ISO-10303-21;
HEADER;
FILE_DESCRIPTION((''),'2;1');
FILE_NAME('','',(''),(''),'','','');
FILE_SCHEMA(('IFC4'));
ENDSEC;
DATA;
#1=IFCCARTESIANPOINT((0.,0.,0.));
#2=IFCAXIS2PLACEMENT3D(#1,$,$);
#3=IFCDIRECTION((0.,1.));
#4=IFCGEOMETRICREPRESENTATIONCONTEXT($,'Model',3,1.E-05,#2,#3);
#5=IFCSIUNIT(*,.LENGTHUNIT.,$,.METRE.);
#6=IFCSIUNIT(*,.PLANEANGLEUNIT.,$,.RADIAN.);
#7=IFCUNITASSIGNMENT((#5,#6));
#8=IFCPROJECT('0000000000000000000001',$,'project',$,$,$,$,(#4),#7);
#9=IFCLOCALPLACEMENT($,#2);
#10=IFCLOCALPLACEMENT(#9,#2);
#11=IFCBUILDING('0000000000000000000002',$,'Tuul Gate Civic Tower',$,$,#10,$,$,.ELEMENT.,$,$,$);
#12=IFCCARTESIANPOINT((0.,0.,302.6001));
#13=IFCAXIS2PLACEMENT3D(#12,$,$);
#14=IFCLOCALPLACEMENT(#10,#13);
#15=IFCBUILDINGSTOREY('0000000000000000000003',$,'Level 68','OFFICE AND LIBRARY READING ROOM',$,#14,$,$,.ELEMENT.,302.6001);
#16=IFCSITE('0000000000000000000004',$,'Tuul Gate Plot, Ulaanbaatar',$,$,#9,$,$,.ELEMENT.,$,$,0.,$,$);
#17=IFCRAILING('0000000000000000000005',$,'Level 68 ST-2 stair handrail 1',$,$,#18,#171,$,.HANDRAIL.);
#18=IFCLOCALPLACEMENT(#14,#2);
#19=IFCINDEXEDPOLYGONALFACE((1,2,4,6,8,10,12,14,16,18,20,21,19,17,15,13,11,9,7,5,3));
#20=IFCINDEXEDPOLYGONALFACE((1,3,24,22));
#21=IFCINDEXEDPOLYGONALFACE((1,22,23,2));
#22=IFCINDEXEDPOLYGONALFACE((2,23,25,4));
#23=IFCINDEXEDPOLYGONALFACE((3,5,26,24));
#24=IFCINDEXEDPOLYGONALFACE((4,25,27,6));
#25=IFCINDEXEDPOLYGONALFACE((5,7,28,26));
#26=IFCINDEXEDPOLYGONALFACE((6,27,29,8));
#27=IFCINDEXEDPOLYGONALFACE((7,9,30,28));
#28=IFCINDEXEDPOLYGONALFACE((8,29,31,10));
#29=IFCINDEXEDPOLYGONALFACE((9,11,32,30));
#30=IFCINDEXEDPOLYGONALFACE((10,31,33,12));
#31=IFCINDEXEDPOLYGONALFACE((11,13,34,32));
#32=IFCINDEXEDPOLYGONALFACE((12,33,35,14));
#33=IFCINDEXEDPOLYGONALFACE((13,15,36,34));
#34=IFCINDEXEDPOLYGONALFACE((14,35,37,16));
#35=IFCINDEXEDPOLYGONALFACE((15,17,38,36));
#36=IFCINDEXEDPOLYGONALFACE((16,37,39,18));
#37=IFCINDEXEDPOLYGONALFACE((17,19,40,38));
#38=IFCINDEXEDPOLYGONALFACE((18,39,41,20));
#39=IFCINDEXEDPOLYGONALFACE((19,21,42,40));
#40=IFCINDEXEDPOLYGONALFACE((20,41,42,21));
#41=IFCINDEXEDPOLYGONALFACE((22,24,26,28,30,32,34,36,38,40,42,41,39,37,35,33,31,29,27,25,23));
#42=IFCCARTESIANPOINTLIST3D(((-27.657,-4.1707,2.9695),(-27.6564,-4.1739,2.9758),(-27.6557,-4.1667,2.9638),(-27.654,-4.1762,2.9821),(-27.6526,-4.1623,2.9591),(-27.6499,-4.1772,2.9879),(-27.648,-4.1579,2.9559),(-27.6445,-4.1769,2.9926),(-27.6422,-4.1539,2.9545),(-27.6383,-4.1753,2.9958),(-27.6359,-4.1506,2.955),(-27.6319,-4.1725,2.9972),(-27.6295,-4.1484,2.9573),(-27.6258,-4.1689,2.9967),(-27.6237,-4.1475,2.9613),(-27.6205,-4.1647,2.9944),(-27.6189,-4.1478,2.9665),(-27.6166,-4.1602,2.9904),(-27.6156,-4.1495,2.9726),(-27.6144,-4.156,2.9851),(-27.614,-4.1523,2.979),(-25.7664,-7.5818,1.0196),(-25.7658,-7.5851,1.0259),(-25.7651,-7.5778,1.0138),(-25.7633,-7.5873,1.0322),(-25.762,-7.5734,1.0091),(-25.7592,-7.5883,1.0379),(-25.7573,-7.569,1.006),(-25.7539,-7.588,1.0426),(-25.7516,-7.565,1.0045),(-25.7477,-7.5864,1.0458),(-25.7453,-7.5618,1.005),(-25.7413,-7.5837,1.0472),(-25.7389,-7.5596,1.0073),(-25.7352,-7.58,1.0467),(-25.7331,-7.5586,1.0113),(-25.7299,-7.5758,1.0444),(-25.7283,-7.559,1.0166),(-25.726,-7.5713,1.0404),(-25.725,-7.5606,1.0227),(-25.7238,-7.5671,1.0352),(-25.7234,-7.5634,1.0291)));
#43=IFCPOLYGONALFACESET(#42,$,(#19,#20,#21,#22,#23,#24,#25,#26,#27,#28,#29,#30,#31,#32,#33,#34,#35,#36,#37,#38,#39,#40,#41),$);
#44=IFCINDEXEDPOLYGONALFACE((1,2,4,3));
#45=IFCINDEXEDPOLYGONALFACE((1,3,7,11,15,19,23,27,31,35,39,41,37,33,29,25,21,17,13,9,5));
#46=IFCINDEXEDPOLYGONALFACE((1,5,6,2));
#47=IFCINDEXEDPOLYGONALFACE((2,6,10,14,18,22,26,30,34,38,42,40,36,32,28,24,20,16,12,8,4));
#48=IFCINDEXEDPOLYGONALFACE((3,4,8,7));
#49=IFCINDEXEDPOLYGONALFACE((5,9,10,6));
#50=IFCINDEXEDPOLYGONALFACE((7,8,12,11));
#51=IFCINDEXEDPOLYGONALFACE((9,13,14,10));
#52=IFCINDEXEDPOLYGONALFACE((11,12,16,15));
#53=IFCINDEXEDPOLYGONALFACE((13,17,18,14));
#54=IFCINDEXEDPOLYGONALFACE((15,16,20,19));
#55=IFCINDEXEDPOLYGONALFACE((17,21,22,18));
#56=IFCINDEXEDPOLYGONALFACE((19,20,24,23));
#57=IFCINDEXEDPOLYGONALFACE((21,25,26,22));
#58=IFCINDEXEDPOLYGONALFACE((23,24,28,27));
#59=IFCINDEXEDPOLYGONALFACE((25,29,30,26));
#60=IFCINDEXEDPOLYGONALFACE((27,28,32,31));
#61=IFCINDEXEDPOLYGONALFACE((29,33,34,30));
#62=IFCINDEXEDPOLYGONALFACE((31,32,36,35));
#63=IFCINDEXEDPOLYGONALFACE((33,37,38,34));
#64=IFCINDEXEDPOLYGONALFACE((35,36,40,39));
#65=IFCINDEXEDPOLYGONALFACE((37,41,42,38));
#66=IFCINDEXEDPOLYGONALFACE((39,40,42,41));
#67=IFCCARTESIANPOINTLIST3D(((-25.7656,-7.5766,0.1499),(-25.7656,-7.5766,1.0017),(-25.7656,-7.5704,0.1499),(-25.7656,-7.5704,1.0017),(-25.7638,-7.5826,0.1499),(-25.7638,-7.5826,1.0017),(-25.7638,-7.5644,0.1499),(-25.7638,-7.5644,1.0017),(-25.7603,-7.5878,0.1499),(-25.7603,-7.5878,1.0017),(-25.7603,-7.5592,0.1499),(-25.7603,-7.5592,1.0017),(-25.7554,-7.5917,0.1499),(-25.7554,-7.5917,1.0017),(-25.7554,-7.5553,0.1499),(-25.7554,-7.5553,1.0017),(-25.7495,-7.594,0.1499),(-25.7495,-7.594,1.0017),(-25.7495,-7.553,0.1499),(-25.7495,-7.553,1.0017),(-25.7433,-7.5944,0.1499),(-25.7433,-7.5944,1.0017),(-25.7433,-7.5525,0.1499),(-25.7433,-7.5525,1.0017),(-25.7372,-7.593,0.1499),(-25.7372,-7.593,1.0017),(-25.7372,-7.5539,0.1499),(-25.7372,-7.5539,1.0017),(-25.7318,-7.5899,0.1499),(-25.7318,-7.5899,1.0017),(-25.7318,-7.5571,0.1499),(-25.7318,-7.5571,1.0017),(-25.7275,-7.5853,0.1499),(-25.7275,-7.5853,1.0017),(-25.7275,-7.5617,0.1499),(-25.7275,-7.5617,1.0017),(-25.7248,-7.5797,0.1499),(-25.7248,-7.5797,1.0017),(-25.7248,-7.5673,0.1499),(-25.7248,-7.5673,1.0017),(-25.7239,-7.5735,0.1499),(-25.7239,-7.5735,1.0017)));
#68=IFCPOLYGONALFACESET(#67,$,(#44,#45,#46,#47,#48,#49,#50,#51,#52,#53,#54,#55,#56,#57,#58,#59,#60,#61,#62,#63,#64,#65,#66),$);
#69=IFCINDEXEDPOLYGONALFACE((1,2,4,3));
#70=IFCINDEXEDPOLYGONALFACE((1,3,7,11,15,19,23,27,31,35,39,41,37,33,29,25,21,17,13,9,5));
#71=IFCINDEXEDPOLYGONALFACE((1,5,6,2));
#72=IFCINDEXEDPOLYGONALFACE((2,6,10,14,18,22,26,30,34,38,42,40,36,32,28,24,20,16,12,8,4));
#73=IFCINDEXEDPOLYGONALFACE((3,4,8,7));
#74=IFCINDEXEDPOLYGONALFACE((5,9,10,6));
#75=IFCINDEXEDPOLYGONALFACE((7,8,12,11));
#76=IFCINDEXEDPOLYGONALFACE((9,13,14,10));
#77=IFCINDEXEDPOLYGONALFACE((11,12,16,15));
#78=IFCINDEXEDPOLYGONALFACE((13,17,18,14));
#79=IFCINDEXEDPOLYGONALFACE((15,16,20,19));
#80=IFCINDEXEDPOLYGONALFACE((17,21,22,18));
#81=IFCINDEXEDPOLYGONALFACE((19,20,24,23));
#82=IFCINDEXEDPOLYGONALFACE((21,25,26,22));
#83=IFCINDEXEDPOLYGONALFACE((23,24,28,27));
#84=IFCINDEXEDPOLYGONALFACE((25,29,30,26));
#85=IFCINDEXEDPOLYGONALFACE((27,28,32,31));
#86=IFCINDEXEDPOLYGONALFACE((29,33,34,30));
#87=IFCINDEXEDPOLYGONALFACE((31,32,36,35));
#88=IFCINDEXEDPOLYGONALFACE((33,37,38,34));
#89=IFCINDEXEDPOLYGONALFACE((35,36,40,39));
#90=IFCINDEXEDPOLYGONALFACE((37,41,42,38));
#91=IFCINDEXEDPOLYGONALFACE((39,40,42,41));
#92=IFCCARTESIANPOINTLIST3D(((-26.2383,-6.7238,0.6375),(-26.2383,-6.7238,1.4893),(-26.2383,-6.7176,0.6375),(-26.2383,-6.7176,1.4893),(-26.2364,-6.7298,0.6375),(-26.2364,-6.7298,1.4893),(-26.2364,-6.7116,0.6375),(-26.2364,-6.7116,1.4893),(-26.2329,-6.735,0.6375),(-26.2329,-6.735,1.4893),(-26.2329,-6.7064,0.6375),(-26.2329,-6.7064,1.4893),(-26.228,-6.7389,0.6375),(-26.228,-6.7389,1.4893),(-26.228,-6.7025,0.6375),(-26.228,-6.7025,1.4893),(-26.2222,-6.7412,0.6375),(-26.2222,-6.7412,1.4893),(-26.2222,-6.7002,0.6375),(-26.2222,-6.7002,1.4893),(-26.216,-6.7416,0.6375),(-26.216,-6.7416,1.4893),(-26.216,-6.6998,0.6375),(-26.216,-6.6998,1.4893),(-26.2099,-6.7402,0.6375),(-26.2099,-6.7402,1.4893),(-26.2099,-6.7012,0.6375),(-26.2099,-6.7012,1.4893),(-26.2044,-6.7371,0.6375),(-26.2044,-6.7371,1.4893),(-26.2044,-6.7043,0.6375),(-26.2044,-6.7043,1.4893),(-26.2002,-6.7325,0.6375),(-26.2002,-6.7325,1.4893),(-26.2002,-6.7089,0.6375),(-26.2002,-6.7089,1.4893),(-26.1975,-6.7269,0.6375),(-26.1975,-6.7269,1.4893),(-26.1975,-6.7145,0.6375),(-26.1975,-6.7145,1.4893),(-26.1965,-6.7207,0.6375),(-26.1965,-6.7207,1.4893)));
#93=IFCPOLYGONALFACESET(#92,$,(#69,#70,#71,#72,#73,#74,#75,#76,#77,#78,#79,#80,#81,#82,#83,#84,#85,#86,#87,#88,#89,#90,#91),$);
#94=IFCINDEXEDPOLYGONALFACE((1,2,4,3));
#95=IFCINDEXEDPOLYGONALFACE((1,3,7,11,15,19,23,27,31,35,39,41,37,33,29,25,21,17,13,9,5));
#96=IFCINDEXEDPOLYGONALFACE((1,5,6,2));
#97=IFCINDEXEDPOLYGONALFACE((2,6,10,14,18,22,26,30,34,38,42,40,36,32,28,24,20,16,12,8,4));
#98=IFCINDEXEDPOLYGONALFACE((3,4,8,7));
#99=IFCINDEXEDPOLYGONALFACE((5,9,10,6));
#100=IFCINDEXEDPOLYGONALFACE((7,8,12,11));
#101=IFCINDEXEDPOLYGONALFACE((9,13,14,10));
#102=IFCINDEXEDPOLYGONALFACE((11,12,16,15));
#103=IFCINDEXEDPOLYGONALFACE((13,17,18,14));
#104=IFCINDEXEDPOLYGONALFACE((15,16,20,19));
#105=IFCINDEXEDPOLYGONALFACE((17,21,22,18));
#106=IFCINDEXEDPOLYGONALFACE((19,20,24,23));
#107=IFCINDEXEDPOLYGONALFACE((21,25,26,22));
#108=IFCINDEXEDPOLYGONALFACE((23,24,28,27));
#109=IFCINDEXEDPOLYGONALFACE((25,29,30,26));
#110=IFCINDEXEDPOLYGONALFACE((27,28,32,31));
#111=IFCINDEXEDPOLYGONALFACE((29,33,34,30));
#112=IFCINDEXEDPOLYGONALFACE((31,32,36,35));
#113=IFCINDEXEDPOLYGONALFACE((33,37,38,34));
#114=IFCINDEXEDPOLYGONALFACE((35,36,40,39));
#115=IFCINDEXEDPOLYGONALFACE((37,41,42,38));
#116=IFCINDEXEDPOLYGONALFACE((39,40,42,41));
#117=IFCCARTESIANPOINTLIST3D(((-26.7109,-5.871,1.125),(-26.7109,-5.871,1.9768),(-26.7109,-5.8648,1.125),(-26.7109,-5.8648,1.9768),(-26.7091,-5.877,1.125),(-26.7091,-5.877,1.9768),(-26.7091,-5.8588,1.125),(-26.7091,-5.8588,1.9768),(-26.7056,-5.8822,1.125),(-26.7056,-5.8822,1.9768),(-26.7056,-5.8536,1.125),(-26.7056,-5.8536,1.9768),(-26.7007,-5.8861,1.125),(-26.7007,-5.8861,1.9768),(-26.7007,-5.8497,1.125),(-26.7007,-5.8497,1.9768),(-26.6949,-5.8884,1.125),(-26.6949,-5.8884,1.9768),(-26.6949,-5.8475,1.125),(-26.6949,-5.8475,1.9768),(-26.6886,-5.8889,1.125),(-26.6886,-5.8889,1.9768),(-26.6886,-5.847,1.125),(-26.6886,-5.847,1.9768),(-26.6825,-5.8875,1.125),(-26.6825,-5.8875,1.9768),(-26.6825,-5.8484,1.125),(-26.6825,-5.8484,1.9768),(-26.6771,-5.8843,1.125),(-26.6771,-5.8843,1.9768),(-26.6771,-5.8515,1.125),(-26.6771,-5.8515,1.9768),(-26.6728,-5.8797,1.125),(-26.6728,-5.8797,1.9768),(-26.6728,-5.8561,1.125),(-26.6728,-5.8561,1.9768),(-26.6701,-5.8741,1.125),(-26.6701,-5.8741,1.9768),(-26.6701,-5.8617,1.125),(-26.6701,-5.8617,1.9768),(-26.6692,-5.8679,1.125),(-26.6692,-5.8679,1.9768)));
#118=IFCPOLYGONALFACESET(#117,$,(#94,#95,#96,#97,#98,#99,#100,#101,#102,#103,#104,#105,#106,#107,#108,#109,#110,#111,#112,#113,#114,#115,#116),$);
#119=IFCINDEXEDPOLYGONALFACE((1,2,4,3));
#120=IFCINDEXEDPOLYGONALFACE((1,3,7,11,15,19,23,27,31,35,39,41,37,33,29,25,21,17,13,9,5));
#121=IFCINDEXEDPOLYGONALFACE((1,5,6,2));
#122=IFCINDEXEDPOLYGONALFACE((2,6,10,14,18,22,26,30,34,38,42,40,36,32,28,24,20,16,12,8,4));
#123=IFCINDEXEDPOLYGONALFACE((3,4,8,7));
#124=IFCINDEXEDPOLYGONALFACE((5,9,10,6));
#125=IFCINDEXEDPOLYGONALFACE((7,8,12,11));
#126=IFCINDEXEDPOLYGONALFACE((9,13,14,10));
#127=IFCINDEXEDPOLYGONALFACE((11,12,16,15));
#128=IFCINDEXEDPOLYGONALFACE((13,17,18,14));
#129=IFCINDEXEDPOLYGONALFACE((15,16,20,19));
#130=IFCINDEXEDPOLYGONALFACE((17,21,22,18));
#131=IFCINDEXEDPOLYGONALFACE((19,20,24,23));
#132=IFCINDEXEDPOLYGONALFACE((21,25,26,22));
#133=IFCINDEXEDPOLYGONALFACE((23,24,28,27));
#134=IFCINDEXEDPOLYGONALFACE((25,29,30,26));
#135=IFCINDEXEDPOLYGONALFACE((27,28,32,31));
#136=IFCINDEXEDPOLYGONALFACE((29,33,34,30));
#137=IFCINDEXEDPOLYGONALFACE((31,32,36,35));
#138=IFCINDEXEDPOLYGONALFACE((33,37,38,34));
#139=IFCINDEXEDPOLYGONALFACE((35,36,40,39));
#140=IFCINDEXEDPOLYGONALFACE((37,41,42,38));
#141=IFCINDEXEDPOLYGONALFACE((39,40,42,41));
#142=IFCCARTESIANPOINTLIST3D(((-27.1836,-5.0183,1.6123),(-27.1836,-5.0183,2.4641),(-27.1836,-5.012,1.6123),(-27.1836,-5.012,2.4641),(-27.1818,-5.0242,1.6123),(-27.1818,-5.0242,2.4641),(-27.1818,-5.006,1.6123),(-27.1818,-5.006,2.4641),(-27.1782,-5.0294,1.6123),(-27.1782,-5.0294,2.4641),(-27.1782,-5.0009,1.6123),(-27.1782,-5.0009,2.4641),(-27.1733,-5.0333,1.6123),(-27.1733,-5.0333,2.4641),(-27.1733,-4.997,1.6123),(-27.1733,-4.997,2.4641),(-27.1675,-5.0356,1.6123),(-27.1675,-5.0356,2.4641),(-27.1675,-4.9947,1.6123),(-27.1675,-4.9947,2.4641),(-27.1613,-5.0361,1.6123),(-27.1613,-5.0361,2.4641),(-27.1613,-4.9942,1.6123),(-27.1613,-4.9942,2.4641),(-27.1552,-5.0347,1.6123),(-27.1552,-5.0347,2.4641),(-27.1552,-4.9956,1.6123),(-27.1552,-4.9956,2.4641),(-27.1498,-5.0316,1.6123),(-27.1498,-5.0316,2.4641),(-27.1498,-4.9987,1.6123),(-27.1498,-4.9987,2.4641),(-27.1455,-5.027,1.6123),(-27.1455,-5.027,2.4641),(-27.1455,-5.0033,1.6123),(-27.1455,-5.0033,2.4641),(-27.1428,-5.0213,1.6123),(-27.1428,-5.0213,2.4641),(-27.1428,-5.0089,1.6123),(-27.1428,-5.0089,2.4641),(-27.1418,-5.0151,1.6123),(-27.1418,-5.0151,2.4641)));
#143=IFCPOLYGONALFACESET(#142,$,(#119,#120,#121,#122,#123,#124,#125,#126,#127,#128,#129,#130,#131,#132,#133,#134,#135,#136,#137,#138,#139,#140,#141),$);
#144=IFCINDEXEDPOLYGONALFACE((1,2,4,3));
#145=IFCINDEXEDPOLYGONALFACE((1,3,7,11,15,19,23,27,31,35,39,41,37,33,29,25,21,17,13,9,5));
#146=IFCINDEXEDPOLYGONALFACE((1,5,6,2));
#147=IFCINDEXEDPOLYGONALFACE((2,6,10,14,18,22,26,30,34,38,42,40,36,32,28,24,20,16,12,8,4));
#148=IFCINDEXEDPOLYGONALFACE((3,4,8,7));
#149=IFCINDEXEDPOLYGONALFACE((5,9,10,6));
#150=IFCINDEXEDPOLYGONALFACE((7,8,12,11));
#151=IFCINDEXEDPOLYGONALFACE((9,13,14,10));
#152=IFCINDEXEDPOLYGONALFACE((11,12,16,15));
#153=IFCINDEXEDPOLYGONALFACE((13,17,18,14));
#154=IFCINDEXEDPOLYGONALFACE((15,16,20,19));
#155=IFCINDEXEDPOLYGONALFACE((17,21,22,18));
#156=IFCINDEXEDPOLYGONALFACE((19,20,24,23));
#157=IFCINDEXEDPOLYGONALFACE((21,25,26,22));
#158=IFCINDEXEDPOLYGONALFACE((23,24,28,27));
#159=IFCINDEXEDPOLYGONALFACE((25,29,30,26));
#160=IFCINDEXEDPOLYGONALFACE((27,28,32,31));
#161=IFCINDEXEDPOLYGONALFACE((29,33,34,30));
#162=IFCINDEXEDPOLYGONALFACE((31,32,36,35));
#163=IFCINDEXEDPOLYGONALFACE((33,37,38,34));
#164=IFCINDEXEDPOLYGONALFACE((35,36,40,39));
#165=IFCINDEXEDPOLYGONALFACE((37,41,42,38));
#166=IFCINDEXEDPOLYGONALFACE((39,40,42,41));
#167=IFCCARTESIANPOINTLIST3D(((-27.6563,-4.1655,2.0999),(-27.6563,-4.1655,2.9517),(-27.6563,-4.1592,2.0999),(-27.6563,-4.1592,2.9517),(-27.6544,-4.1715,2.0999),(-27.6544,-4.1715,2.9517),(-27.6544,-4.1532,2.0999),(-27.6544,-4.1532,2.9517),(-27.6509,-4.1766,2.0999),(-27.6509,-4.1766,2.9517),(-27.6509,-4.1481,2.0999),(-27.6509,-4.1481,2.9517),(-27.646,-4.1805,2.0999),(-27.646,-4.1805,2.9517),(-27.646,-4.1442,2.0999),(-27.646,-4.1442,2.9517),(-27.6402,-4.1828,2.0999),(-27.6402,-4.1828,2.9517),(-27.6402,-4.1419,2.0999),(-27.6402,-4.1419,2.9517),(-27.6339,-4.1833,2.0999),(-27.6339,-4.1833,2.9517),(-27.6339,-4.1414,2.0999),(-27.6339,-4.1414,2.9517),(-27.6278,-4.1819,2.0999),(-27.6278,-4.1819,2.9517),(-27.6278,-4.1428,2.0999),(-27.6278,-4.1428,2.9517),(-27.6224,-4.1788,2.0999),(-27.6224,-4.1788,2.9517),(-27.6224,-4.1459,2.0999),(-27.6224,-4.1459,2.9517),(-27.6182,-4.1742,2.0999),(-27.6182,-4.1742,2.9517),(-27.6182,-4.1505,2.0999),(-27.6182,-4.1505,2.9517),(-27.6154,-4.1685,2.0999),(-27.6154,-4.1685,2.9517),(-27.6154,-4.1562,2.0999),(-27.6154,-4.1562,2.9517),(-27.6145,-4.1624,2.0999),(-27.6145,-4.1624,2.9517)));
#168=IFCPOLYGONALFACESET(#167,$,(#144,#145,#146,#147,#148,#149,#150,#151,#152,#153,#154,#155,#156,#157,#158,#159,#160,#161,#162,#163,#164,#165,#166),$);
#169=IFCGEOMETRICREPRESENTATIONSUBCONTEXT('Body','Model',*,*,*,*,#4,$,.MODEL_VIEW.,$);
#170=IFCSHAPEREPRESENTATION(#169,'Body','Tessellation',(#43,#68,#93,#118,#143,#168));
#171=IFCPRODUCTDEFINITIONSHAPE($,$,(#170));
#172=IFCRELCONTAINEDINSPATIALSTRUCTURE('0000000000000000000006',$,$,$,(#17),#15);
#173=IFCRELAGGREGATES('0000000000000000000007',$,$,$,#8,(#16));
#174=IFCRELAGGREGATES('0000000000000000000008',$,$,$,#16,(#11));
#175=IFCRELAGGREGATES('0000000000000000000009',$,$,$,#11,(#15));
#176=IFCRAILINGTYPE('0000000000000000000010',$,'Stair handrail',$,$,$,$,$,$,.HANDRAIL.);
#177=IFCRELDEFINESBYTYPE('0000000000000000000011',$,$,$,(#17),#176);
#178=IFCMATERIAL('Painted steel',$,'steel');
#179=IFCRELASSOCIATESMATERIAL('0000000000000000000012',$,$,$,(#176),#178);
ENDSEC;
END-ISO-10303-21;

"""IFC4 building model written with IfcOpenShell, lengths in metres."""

from ifc_helpers import new_model, si_unit, direction, frame, origin, origin_2d, place, context, subcontext, project, spatial, circle, extrude, material, type_object, element, save


model = new_model("IFC4")

# Units and contexts
model_context = context("Model", 3, precision=1e-05, world=origin(), true_north=direction((0.0, 1.0)))
body_context = subcontext(model_context, "Body", "Model", "MODEL_VIEW")
ifc_project = project(units=[si_unit("LENGTHUNIT", "METRE"), si_unit("PLANEANGLEUNIT", "RADIAN")], contexts=[model_context])

# Site, building, storey
site_placement = place(None, origin())
site = spatial("IfcSite", under=ifc_project, at=site_placement, Name="Tuul Gate Plot, Ulaanbaatar", CompositionType="ELEMENT", RefElevation=0.0)
building_placement = place(site_placement, origin())
building = spatial("IfcBuilding", under=site, at=building_placement, Name="Tuul Gate Civic Tower", CompositionType="ELEMENT")
storey_placement = place(building_placement, frame((0.0, 0.0, 302.6001)))
storey = spatial("IfcBuildingStorey", under=building, at=storey_placement, Name="Level 68", Description="OFFICE AND LIBRARY READING ROOM", CompositionType="ELEMENT", Elevation=302.6001)

# Railing
ifc_material_1 = material(Name="Painted steel", Category="steel")
railing_type_1 = type_object("IfcRailingType", Name="Stair handrail", PredefinedType="HANDRAIL", material=ifc_material_1)
railing_1_placement = place(storey_placement, frame((-25.7449, -7.5735, 0.1499)))
element("IfcRailing", 1, at=railing_1_placement, inside=storey, type_object=railing_type_1, Name="Level 68 ST-2 stair handrail 1", PredefinedType="HANDRAIL", context=body_context, shape_type="SweptSolid", body=[
    extrude(circle(Radius=0.0239, at=origin_2d()), frame((0.0, 0.0, 0.876), z_axis=(-0.433595, 0.782308, 0.447201), x_axis=(-0.874641, -0.484771, 0.0)), (0.0, 0.0, 1.0), 4.3604),
    extrude(circle(Radius=0.021, at=origin_2d()), origin(), (0.0, 0.0, 1.0), 0.8518),
    extrude(circle(Radius=0.021, at=origin_2d()), frame((-0.4727, 0.8528, 0.4875)), (0.0, 0.0, 1.0), 0.8518),
    extrude(circle(Radius=0.021, at=origin_2d()), frame((-0.9453, 1.7056, 0.9751)), (0.0, 0.0, 1.0), 0.8518),
    extrude(circle(Radius=0.021, at=origin_2d()), frame((-1.418, 2.5583, 1.4624)), (0.0, 0.0, 1.0), 0.8518),
    extrude(circle(Radius=0.021, at=origin_2d()), frame((-1.8906, 3.4111, 1.95)), (0.0, 0.0, 1.0), 0.8518),
])

save(model, "model.ifc")
